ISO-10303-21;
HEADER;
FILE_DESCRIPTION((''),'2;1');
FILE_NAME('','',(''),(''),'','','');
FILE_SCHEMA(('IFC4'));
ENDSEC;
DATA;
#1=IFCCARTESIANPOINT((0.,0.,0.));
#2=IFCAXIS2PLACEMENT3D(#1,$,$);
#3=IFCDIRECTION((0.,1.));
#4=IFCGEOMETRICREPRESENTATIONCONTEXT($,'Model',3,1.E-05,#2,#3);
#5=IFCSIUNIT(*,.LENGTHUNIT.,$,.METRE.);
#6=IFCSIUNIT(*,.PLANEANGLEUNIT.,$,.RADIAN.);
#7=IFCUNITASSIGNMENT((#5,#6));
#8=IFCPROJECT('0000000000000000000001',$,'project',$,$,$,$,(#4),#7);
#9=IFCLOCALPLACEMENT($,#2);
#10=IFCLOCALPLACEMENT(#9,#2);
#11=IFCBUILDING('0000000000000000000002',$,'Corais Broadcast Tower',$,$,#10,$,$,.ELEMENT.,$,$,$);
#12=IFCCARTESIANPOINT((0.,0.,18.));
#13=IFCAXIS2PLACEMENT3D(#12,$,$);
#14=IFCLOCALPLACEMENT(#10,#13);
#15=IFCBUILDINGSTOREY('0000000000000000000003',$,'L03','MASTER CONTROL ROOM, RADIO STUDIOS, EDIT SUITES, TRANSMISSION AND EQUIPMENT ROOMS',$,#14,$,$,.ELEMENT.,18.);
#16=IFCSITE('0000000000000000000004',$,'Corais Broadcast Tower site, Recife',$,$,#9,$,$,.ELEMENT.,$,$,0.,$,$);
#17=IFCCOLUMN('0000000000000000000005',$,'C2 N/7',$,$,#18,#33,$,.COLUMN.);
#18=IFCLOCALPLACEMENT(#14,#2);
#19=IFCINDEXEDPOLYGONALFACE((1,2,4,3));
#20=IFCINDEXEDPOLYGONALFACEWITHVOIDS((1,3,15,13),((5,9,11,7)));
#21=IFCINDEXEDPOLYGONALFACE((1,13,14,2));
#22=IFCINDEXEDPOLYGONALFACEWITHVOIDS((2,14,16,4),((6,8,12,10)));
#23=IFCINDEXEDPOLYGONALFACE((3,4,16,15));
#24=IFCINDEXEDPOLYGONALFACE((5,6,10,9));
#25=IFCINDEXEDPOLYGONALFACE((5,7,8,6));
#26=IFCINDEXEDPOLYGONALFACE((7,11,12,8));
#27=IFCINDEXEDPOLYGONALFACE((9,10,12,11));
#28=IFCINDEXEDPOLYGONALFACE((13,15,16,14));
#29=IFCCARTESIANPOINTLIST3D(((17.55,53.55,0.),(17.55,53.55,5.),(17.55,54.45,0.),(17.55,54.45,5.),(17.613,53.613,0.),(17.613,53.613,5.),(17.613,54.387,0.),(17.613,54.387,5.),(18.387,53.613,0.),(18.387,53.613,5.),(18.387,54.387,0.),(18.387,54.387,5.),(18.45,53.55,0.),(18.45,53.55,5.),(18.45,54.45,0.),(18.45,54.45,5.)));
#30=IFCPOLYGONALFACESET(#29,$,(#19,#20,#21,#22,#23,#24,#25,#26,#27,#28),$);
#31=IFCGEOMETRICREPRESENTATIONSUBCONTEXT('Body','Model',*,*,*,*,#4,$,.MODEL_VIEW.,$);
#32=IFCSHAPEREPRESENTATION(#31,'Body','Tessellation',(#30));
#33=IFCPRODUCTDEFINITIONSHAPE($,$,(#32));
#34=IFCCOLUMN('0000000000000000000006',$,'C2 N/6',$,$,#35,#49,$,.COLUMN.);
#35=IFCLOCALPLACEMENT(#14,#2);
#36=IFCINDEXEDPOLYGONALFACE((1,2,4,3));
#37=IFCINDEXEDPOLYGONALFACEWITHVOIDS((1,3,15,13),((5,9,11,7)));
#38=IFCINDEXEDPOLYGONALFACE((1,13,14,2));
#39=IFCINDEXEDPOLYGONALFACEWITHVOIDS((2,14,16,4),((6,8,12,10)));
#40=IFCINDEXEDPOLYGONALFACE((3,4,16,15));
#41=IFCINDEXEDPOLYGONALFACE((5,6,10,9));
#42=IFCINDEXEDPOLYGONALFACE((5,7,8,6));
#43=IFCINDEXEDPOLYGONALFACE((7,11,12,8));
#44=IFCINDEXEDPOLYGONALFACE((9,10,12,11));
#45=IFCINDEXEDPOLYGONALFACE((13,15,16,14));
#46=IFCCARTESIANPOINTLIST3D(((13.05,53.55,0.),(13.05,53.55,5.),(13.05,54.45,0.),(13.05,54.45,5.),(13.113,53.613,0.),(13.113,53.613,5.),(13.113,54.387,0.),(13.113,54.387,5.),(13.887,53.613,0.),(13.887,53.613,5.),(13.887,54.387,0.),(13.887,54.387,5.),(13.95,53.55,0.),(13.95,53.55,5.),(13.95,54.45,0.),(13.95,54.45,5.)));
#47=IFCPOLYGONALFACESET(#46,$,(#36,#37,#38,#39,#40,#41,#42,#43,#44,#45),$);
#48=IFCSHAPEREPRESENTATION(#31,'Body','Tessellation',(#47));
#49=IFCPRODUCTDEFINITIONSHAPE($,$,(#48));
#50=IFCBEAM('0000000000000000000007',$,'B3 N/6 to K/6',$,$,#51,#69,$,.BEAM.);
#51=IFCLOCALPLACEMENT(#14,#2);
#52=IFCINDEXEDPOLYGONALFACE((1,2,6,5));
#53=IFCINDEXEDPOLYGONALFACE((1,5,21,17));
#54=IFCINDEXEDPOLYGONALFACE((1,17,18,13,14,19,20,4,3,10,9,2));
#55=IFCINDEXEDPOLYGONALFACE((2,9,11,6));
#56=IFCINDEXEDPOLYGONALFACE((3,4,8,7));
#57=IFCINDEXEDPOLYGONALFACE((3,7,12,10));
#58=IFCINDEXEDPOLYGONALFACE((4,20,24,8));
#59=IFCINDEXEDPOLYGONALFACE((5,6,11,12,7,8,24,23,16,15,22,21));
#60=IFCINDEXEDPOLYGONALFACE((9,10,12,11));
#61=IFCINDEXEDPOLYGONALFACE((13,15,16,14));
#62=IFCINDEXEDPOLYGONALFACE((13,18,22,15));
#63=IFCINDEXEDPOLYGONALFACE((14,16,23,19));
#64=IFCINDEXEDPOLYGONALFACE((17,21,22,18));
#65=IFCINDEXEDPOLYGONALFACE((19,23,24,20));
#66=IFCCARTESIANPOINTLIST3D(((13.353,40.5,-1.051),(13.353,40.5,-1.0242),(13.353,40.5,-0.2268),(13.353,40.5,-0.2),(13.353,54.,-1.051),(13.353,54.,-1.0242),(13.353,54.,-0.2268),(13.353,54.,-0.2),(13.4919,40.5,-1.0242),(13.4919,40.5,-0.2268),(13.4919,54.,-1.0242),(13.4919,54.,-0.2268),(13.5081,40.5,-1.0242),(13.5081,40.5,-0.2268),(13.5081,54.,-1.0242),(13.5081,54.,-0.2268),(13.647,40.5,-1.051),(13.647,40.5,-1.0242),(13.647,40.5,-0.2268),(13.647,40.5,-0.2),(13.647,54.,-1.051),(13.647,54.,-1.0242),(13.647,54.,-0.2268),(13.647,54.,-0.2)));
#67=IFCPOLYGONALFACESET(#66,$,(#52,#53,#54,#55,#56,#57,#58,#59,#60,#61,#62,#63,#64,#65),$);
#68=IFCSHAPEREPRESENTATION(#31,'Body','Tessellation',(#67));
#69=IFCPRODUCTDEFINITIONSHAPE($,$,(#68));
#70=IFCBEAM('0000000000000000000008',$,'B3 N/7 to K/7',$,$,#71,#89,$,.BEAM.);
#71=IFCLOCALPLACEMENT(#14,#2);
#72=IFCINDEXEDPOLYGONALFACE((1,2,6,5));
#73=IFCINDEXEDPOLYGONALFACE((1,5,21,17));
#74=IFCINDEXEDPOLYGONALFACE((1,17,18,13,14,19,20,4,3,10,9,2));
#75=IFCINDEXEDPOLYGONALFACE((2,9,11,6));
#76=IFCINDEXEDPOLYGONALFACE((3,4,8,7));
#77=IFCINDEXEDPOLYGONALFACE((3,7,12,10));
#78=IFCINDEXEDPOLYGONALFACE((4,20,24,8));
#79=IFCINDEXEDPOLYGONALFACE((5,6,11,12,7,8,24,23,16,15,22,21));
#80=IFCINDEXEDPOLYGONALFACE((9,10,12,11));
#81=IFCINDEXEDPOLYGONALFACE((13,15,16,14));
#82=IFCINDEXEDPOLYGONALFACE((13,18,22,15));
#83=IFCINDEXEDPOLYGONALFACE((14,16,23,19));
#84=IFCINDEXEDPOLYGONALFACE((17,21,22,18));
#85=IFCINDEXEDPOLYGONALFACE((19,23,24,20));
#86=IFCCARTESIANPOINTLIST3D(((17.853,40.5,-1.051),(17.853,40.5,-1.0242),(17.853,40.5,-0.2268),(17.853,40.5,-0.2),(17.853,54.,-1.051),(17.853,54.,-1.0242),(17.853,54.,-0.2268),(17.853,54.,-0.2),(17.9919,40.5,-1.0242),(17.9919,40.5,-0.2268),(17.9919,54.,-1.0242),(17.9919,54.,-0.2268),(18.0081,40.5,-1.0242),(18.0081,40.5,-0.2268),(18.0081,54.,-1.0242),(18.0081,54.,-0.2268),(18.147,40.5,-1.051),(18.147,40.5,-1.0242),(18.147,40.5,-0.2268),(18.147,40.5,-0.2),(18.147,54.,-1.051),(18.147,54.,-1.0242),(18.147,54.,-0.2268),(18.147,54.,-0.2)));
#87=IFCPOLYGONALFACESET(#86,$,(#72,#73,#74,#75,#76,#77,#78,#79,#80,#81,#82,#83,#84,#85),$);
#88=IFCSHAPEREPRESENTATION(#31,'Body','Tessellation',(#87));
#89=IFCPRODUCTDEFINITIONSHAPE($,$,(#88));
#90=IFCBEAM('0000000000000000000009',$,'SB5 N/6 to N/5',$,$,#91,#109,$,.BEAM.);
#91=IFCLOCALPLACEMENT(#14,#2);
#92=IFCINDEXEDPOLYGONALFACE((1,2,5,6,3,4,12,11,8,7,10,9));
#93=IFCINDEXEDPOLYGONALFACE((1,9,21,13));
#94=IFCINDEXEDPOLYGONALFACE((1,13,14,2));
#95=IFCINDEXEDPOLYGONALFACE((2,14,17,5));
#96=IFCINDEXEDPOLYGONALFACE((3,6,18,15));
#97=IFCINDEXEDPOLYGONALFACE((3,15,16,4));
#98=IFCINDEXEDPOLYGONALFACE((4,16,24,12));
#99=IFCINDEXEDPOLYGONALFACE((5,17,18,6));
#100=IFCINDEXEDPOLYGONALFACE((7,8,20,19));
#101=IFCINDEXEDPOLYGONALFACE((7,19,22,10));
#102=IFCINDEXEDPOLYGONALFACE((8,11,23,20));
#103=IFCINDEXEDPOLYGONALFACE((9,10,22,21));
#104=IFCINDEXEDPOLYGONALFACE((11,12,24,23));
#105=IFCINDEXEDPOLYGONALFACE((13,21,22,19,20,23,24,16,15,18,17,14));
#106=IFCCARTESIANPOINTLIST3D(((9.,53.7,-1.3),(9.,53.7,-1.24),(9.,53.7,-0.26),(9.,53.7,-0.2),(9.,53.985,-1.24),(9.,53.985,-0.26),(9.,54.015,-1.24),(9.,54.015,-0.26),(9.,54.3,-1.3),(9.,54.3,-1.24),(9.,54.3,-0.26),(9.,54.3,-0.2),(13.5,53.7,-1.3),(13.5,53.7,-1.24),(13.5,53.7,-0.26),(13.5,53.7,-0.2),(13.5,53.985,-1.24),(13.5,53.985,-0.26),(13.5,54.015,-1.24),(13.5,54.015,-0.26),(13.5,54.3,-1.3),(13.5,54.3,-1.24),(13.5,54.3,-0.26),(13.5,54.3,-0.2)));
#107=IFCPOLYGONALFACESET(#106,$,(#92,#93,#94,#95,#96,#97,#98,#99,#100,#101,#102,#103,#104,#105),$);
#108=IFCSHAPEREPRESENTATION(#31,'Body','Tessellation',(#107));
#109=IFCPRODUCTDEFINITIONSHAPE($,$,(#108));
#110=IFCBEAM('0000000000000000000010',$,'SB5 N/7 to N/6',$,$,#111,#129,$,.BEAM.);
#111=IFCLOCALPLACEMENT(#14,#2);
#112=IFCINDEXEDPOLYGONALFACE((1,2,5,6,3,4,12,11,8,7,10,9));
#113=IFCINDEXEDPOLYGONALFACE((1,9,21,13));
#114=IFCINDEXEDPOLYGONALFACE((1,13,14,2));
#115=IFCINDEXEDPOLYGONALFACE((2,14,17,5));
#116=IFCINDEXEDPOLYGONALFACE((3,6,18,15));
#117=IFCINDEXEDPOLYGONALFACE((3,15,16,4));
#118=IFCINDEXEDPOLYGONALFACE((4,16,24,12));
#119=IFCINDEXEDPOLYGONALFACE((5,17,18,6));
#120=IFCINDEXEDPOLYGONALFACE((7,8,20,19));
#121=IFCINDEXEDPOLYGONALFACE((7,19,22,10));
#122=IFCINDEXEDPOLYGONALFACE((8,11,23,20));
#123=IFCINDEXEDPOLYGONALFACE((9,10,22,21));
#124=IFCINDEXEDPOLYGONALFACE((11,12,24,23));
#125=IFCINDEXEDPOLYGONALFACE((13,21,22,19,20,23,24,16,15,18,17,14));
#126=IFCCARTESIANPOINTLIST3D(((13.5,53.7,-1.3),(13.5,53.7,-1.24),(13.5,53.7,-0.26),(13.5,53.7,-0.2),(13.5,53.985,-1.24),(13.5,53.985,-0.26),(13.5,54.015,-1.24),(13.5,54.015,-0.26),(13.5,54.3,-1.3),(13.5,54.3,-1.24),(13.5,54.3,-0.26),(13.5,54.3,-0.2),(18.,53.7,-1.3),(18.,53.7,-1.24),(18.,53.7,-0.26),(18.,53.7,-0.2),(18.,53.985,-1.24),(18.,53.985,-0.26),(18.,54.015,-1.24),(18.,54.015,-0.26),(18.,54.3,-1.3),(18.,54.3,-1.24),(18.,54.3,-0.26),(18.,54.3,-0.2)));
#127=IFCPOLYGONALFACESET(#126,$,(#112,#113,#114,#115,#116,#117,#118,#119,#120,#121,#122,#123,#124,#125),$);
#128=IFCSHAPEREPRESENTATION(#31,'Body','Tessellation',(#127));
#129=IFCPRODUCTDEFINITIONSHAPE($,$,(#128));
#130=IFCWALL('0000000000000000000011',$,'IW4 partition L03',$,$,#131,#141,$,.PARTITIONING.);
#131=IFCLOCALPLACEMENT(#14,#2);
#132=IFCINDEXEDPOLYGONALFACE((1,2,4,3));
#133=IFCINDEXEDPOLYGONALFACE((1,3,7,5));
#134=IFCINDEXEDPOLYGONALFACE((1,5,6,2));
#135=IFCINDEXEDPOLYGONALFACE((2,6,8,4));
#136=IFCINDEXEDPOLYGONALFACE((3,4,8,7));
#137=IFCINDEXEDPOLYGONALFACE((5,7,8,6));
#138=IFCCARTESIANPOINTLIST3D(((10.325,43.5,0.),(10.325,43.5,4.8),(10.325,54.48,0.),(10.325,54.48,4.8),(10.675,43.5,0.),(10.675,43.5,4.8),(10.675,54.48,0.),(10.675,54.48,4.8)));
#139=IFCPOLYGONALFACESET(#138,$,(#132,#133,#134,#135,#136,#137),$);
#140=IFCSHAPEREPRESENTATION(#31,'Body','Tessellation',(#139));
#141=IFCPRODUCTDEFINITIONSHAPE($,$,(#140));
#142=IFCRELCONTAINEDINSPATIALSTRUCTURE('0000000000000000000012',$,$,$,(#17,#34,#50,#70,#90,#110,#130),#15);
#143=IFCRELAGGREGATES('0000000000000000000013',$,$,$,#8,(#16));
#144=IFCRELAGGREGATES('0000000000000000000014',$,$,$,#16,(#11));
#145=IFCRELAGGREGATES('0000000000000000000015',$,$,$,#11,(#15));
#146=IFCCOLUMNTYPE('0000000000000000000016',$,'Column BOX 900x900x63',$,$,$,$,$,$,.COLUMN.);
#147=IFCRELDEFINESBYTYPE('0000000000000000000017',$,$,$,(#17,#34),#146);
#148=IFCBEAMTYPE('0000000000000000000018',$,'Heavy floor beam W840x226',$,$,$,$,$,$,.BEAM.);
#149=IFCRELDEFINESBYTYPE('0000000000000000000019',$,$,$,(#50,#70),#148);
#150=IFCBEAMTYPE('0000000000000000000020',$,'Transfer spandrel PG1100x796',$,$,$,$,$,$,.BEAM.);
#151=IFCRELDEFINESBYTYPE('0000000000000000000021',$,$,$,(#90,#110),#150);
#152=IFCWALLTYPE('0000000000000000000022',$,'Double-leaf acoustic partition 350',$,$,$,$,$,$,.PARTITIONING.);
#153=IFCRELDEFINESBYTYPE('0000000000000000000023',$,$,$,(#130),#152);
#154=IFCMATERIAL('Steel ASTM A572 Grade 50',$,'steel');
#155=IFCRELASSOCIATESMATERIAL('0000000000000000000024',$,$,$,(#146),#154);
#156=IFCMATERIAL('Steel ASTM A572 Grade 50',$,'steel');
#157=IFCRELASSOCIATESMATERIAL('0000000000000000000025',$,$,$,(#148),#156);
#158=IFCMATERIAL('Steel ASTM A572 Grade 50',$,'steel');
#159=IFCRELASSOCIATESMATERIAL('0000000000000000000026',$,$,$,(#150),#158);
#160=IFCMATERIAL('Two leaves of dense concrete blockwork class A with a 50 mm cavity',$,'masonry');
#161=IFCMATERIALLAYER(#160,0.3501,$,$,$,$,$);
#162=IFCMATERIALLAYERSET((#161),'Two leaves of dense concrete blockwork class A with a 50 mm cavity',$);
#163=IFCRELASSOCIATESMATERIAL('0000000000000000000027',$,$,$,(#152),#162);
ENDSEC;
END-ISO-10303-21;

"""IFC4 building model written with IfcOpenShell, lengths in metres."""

from ifc_helpers import new_model, si_unit, direction, frame, frame_2d, origin, origin_2d, place, context, subcontext, project, spatial, rectangle, hollow_rectangle, i_section, extrude, material, layer, layer_set, material_profile, profile_set, type_object, element, save


model = new_model("IFC4")

# Units and contexts
model_context = context("Model", 3, precision=1e-05, world=origin(), true_north=direction((0.0, 1.0)))
body_context = subcontext(model_context, "Body", "Model", "MODEL_VIEW")
ifc_project = project(units=[si_unit("LENGTHUNIT", "METRE"), si_unit("PLANEANGLEUNIT", "RADIAN")], contexts=[model_context])

# Site, building, storey
site_placement = place(None, origin())
site = spatial("IfcSite", under=ifc_project, at=site_placement, Name="Corais Broadcast Tower site, Recife", CompositionType="ELEMENT", RefElevation=0.0)
building_placement = place(site_placement, origin())
building = spatial("IfcBuilding", under=site, at=building_placement, Name="Corais Broadcast Tower", CompositionType="ELEMENT")
storey_placement = place(building_placement, frame((0.0, 0.0, 18.0)))
storey = spatial("IfcBuildingStorey", under=building, at=storey_placement, Name="L03", Description="MASTER CONTROL ROOM, RADIO STUDIOS, EDIT SUITES, TRANSMISSION AND EQUIPMENT ROOMS", CompositionType="ELEMENT", Elevation=18.0)

# Columns
ifc_material_1 = material(Name="Steel ASTM A572 Grade 50", Category="steel")
ifc_material_profile_1 = material_profile(ifc_material_1, hollow_rectangle(XDim=0.8999, YDim=0.8999, WallThickness=0.063, at=origin_2d()), Name="BOX 900x900x63")
ifc_profile_set_1 = profile_set([ifc_material_profile_1], Name="Steel ASTM A572 Grade 50")
column_type = type_object("IfcColumnType", Name="Column BOX 900x900x63", PredefinedType="COLUMN", material=ifc_profile_set_1)
for number, where, z_axis, x_axis, name in (
    (1, (18.0, 54.0, 0.0), (0.0, 0.0, 1.0), (1.0, 0.0, 0.0), "C2 N/7"),
    (2, (13.5, 54.0, 0.0), (0.0, 0.0, 1.0), (1.0, 0.0, 0.0), "C2 N/6"),
):
    element("IfcColumn", number, at=place(storey_placement, frame(where, z_axis=z_axis, x_axis=x_axis)), inside=storey, type_object=column_type, Name=name, PredefinedType="COLUMN", context=body_context, shape_type="SweptSolid", body=[
        extrude(hollow_rectangle(XDim=0.8999, YDim=0.8999, WallThickness=0.063, at=origin_2d()), origin(), (0.0, 0.0, 1.0), 5.0),
    ])

# Beams
ifc_material_2 = material(Name="Steel ASTM A572 Grade 50", Category="steel")
ifc_material_profile_2 = material_profile(ifc_material_2, i_section(OverallWidth=0.2939, OverallDepth=0.8511, WebThickness=0.0161, FlangeThickness=0.0269, at=origin_2d()), Name="W840x226")
ifc_profile_set_2 = profile_set([ifc_material_profile_2], Name="Steel ASTM A572 Grade 50")
beam_type_1 = type_object("IfcBeamType", Name="Heavy floor beam W840x226", PredefinedType="BEAM", material=ifc_profile_set_2)
for number, where, z_axis, x_axis, name in (
    (3, (13.5, 54.0, -0.6255), (0.0, -1.0, 0.0), (1.0, 0.0, 0.0), "B3 N/6 to K/6"),
    (4, (18.0, 54.0, -0.6255), (0.0, -1.0, 0.0), (1.0, 0.0, 0.0), "B3 N/7 to K/7"),
):
    element("IfcBeam", number, at=place(storey_placement, frame(where, z_axis=z_axis, x_axis=x_axis)), inside=storey, type_object=beam_type_1, Name=name, PredefinedType="BEAM", context=body_context, shape_type="SweptSolid", body=[
        extrude(i_section(OverallWidth=0.2939, OverallDepth=0.8511, WebThickness=0.0161, FlangeThickness=0.0269, at=origin_2d()), origin(), (0.0, 0.0, 1.0), 13.5),
    ])
ifc_material_3 = material(Name="Steel ASTM A572 Grade 50", Category="steel")
ifc_material_profile_3 = material_profile(ifc_material_3, i_section(OverallWidth=0.6001, OverallDepth=1.1001, WebThickness=0.03, FlangeThickness=0.0601, at=origin_2d()), Name="PG1100x796")
ifc_profile_set_3 = profile_set([ifc_material_profile_3], Name="Steel ASTM A572 Grade 50")
beam_type_2 = type_object("IfcBeamType", Name="Transfer spandrel PG1100x796", PredefinedType="BEAM", material=ifc_profile_set_3)
for number, where, z_axis, x_axis, name in (
    (5, (13.5, 54.0, -0.75), (-1.0, 0.0, 0.0), (0.0, -1.0, 0.0), "SB5 N/6 to N/5"),
    (6, (18.0, 54.0, -0.75), (-1.0, 0.0, 0.0), (0.0, -1.0, 0.0), "SB5 N/7 to N/6"),
):
    element("IfcBeam", number, at=place(storey_placement, frame(where, z_axis=z_axis, x_axis=x_axis)), inside=storey, type_object=beam_type_2, Name=name, PredefinedType="BEAM", context=body_context, shape_type="SweptSolid", body=[
        extrude(i_section(OverallWidth=0.6001, OverallDepth=1.1001, WebThickness=0.03, FlangeThickness=0.0601, at=origin_2d()), origin(), (0.0, 0.0, 1.0), 4.5),
    ])

# Wall
ifc_material_4 = material(Name="Two leaves of dense concrete blockwork class A with a 50 mm cavity", Category="masonry")
ifc_layer = layer(ifc_material_4, 0.3501)
ifc_layer_set = layer_set([ifc_layer], Name="Two leaves of dense concrete blockwork class A with a 50 mm cavity")
wall_type = type_object("IfcWallType", Name="Double-leaf acoustic partition 350", PredefinedType="PARTITIONING", material=ifc_layer_set)
wall_placement = place(storey_placement, frame((10.5, 54.48, 0.0), z_axis=(0.0, 0.0, 1.0), x_axis=(0.0, -1.0, 0.0)))
element("IfcWall", 7, at=wall_placement, inside=storey, type_object=wall_type, Name="IW4 partition L03", PredefinedType="PARTITIONING", context=body_context, shape_type="SweptSolid", body=[
    extrude(rectangle(XDim=10.98, YDim=0.3501, at=frame_2d((5.49, 0.0))), origin(), (0.0, 0.0, 1.0), 4.8),
])

save(model, "model.ifc")
